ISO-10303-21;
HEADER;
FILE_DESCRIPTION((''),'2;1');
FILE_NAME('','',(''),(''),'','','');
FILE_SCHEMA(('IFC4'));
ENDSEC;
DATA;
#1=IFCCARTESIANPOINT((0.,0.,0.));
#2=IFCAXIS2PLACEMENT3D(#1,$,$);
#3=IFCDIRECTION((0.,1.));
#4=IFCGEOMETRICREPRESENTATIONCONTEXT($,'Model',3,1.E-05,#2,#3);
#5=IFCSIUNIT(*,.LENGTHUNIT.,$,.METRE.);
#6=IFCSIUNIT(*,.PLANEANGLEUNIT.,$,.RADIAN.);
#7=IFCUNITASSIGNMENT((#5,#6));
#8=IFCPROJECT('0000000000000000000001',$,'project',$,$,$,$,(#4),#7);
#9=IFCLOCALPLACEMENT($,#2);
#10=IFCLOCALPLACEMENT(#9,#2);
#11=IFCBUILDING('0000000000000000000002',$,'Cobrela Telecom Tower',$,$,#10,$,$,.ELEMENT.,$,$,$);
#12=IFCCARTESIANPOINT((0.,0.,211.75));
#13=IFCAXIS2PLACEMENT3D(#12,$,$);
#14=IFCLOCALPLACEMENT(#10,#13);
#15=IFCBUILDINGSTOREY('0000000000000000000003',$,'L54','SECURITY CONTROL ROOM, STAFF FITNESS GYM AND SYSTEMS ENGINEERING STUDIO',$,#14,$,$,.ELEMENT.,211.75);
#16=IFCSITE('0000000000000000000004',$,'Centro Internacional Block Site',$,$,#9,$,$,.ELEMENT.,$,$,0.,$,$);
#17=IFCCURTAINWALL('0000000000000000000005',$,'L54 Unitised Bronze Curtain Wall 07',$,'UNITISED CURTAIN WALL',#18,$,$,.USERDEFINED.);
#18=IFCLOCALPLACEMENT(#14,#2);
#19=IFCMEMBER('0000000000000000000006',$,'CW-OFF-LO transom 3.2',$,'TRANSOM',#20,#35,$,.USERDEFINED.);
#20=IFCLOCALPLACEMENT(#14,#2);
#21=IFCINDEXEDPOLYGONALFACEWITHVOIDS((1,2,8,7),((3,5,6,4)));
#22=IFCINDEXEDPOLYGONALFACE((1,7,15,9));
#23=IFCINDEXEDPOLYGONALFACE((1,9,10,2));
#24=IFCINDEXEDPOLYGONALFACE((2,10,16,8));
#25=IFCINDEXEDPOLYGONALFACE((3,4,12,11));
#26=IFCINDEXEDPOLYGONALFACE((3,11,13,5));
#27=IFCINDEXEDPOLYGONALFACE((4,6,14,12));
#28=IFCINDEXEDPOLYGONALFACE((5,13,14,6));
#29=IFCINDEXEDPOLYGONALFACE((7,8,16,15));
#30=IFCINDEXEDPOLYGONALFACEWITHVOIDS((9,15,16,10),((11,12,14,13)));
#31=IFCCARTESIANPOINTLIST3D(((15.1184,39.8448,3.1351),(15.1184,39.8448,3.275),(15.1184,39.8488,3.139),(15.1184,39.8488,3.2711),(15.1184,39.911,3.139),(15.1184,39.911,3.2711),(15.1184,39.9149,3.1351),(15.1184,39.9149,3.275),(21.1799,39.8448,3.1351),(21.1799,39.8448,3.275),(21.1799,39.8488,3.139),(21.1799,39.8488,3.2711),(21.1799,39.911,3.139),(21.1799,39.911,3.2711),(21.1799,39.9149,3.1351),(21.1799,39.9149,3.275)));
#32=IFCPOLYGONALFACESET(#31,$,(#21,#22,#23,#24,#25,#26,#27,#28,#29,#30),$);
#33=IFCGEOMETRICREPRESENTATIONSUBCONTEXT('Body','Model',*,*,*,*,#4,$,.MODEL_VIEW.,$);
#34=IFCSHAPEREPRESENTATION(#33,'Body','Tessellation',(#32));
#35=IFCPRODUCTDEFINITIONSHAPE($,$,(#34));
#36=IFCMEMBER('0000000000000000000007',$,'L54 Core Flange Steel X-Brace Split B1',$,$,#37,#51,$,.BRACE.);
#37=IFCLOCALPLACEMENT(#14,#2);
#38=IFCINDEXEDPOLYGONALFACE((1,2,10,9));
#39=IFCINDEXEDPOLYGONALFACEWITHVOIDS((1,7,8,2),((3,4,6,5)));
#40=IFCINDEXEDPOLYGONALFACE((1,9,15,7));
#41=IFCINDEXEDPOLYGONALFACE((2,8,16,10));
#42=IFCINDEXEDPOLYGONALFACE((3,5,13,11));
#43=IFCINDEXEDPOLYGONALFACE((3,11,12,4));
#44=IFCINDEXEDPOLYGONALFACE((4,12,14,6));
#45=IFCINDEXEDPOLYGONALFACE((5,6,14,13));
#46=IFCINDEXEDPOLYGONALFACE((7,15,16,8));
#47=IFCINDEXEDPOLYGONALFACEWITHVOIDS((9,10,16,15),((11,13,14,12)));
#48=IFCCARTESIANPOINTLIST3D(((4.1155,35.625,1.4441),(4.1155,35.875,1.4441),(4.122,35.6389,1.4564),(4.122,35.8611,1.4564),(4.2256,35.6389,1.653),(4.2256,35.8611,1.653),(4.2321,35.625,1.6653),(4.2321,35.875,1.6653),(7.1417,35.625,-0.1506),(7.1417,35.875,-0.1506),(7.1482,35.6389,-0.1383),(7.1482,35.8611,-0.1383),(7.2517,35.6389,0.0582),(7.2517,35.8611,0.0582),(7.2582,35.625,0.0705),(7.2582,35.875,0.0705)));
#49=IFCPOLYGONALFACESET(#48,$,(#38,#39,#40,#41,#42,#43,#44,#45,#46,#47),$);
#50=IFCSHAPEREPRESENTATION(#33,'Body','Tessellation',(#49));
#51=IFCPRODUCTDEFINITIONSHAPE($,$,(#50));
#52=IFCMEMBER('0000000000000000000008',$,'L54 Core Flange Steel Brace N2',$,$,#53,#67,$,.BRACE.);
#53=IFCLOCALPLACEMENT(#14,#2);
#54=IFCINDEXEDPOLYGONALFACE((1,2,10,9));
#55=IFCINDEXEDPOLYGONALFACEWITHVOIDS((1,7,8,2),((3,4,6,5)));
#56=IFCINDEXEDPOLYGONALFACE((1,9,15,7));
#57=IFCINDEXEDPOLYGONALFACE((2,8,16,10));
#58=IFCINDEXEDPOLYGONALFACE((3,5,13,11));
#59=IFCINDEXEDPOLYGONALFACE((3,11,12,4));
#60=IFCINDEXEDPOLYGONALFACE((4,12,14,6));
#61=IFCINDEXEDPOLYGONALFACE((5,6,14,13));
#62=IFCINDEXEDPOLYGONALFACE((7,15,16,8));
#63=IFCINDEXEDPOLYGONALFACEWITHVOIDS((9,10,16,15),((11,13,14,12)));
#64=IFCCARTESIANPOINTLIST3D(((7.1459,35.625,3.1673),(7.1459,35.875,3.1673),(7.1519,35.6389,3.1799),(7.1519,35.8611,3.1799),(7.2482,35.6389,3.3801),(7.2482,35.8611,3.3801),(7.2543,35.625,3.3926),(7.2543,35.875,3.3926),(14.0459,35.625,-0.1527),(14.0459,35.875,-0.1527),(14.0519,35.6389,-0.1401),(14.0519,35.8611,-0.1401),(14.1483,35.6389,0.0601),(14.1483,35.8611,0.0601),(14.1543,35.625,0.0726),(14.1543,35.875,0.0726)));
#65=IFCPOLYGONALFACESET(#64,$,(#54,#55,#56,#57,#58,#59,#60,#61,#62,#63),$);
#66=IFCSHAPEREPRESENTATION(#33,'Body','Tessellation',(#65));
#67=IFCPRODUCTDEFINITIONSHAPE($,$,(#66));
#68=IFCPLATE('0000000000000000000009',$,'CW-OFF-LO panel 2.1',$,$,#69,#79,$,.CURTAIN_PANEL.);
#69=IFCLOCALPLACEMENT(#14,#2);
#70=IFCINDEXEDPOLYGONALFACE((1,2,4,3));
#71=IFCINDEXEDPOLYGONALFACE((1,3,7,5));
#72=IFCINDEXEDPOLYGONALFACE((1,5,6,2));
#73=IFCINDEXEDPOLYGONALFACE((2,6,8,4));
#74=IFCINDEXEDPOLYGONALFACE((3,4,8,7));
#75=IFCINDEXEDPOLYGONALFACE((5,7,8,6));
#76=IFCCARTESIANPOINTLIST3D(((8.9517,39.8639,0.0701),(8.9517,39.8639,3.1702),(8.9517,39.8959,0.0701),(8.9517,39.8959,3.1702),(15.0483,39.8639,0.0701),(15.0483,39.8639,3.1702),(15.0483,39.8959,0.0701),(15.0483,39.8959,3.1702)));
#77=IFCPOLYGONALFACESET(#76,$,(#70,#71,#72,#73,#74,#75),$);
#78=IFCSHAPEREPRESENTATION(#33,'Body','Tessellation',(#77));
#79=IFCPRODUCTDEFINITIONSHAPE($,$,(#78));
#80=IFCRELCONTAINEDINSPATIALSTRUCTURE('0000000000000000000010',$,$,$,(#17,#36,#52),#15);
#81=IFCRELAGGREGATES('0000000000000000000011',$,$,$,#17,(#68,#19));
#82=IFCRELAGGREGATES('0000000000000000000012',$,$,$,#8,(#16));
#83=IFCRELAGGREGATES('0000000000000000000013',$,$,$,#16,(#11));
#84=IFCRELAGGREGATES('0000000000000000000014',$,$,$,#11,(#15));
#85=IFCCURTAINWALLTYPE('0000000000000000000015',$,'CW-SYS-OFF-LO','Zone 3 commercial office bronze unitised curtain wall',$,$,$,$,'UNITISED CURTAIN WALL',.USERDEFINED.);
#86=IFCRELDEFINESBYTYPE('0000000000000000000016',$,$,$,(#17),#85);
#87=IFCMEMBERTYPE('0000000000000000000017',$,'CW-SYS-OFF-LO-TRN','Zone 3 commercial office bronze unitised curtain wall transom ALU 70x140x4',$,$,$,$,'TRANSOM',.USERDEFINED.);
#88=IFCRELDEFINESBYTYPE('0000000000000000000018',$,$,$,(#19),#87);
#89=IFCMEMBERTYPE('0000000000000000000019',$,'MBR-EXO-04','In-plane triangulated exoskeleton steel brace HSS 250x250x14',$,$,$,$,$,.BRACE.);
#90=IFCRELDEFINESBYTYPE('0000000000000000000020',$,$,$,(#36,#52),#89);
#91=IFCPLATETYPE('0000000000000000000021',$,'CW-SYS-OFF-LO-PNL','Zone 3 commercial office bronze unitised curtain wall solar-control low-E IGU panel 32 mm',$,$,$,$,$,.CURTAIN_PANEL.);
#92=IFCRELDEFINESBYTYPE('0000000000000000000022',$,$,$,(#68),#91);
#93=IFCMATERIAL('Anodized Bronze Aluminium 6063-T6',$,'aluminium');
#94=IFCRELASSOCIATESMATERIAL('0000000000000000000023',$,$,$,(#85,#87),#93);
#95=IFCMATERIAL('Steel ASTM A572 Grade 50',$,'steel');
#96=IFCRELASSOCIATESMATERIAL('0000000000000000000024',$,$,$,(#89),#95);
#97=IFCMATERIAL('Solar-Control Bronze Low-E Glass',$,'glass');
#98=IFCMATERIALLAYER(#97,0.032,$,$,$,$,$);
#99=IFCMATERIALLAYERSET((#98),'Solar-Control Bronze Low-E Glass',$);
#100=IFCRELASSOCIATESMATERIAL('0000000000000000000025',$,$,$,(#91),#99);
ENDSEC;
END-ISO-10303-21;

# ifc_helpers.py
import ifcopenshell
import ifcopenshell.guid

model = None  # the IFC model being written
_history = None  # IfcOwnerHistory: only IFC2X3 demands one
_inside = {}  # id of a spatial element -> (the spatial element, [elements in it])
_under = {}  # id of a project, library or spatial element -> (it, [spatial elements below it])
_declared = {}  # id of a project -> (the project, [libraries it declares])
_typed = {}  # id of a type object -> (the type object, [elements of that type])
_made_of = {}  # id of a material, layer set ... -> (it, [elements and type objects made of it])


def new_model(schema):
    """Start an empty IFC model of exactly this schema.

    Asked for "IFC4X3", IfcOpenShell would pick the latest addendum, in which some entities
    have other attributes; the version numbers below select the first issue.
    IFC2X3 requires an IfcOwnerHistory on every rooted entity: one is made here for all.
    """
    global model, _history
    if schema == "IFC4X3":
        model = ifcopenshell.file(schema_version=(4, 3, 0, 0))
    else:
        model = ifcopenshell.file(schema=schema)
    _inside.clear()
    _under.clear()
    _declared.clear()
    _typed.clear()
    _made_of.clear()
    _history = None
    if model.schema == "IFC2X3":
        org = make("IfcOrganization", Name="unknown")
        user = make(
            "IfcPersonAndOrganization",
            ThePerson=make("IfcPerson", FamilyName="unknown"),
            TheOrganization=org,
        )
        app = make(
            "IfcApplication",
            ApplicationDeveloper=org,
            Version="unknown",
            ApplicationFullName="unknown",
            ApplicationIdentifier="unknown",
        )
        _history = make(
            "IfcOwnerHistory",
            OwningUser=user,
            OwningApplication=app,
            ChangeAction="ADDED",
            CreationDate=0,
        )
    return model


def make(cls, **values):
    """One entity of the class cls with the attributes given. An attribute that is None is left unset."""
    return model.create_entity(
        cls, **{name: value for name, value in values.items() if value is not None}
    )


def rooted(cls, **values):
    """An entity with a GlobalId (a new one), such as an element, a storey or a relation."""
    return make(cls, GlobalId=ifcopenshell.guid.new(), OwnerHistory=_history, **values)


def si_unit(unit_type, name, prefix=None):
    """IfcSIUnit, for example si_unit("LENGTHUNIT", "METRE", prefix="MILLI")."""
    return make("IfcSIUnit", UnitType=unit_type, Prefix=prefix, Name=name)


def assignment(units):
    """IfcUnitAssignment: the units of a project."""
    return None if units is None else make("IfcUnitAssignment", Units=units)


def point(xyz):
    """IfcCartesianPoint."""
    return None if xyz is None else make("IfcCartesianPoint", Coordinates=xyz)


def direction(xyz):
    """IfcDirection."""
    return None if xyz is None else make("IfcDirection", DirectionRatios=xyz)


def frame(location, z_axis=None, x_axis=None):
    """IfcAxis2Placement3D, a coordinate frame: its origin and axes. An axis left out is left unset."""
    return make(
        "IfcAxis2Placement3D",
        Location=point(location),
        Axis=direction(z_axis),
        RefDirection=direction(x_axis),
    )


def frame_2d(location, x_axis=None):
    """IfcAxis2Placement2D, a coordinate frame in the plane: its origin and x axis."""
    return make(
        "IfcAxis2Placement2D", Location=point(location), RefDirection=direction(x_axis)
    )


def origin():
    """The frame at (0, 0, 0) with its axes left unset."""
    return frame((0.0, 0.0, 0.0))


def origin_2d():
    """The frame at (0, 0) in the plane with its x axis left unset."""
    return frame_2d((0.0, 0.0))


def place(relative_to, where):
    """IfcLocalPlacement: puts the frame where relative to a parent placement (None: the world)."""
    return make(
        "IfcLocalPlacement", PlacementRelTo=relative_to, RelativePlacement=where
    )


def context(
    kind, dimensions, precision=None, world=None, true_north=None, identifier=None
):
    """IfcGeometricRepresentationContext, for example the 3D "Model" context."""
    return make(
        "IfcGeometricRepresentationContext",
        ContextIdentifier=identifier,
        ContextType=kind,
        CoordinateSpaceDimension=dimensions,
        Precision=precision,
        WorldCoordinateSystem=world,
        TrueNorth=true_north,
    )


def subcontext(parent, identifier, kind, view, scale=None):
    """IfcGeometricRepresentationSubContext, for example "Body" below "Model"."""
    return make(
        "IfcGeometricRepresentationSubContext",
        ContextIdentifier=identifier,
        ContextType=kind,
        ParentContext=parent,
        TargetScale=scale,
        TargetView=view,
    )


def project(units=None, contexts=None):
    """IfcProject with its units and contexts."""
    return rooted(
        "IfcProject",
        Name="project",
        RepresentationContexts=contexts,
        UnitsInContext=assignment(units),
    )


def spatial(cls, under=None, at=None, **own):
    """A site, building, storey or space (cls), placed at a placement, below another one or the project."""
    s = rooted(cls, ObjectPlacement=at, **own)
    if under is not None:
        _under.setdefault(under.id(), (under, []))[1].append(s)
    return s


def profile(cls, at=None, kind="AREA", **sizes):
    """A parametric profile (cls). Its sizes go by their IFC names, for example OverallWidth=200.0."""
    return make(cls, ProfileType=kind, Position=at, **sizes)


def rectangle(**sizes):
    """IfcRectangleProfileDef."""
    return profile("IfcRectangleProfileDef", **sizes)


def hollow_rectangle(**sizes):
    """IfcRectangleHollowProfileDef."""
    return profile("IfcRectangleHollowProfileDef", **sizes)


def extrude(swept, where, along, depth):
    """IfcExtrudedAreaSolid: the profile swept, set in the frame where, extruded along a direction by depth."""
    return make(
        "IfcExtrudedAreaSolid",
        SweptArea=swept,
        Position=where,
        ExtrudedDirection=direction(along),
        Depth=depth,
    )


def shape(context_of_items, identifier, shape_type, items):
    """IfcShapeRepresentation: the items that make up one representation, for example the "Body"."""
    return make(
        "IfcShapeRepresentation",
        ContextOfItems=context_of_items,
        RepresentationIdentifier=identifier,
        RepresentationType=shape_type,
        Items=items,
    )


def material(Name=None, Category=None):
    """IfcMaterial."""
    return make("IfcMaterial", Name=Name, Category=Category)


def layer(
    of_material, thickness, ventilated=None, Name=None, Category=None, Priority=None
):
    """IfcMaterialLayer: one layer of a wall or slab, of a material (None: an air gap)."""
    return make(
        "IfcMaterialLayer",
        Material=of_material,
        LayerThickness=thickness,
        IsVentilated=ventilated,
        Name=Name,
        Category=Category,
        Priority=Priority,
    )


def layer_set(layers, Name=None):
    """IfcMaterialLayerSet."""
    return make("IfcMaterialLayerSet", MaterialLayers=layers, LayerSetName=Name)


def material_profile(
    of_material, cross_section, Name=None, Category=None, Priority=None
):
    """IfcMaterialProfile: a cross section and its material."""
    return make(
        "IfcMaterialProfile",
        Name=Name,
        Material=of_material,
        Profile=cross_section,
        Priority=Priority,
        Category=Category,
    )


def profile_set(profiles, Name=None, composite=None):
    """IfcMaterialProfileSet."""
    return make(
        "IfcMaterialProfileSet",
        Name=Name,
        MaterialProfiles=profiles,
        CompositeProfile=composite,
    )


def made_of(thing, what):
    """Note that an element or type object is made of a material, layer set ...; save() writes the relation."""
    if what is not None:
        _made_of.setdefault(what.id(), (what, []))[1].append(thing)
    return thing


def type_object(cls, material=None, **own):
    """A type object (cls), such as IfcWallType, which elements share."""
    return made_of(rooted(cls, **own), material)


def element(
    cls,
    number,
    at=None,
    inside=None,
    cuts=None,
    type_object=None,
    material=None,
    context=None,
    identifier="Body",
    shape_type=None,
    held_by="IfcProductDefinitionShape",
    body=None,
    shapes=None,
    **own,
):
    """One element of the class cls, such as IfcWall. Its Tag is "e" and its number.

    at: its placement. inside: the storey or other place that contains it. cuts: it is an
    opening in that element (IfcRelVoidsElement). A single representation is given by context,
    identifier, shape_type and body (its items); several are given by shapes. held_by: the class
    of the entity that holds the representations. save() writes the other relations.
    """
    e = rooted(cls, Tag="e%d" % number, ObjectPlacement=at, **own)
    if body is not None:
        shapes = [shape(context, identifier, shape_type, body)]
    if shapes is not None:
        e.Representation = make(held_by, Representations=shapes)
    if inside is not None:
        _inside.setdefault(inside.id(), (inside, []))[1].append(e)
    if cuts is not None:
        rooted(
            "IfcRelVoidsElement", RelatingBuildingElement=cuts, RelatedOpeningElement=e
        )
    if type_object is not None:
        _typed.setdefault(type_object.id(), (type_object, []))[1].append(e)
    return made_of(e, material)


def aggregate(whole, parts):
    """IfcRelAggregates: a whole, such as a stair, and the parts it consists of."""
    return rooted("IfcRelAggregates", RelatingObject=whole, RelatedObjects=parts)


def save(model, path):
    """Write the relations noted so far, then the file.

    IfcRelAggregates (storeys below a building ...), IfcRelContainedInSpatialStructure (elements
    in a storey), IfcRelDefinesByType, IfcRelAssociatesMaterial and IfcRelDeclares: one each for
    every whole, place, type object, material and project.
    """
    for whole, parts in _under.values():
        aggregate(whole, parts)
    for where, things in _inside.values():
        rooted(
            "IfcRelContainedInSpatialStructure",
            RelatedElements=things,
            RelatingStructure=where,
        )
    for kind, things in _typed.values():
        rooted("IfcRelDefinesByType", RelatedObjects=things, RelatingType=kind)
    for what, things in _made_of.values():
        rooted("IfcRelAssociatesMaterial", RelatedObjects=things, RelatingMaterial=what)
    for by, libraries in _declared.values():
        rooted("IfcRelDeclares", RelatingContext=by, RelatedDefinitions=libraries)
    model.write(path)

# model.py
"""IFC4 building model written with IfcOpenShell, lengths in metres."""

from ifc_helpers import new_model, si_unit, direction, frame, origin, origin_2d, place, context, subcontext, project, spatial, rectangle, hollow_rectangle, extrude, material, layer, layer_set, material_profile, profile_set, type_object, element, aggregate, save


model = new_model("IFC4")

# Units and contexts
model_context = context("Model", 3, precision=1e-05, world=origin(), true_north=direction((0.0, 1.0)))
body_context = subcontext(model_context, "Body", "Model", "MODEL_VIEW")
ifc_project = project(units=[si_unit("LENGTHUNIT", "METRE"), si_unit("PLANEANGLEUNIT", "RADIAN")], contexts=[model_context])

# Site, building, storey
site_placement = place(None, origin())
site = spatial("IfcSite", under=ifc_project, at=site_placement, Name="Centro Internacional Block Site", CompositionType="ELEMENT", RefElevation=0.0)
building_placement = place(site_placement, origin())
building = spatial("IfcBuilding", under=site, at=building_placement, Name="Cobrela Telecom Tower", CompositionType="ELEMENT")
storey_placement = place(building_placement, frame((0.0, 0.0, 211.75)))
storey = spatial("IfcBuildingStorey", under=building, at=storey_placement, Name="L54", Description="SECURITY CONTROL ROOM, STAFF FITNESS GYM AND SYSTEMS ENGINEERING STUDIO", CompositionType="ELEMENT", Elevation=211.75)

# Shared definitions
ifc_material_1 = material(Name="Steel ASTM A572 Grade 50", Category="steel")

# Curtain wall, member
ifc_material_2 = material(Name="Anodized Bronze Aluminium 6063-T6", Category="aluminium")
curtain_wall_type = type_object("IfcCurtainWallType", Name="CW-SYS-OFF-LO", Description="Zone 3 commercial office bronze unitised curtain wall", ElementType="UNITISED CURTAIN WALL", PredefinedType="USERDEFINED", material=ifc_material_2)
curtain_wall_placement = place(storey_placement, origin())
curtain_wall = element("IfcCurtainWall", 1, at=curtain_wall_placement, inside=storey, type_object=curtain_wall_type, Name="L54 Unitised Bronze Curtain Wall 07", ObjectType="UNITISED CURTAIN WALL", PredefinedType="USERDEFINED")
ifc_material_profile_1 = material_profile(ifc_material_2, hollow_rectangle(XDim=0.0701, YDim=0.1399, WallThickness=0.0039, at=origin_2d()), Name="ALU 70x140x4")
ifc_profile_set_1 = profile_set([ifc_material_profile_1], Name="Anodized Bronze Aluminium 6063-T6")
member_type_1 = type_object("IfcMemberType", Name="CW-SYS-OFF-LO-TRN", Description="Zone 3 commercial office bronze unitised curtain wall transom ALU 70x140x4", ElementType="TRANSOM", PredefinedType="USERDEFINED", material=ifc_profile_set_1)
member_1_placement = place(storey_placement, frame((15.1184, 39.8799, 3.2051), z_axis=(1.0, 0.0, 0.0), x_axis=(0.0, 1.0, 0.0)))
member_1 = element("IfcMember", 2, at=member_1_placement, type_object=member_type_1, Name="CW-OFF-LO transom 3.2", ObjectType="TRANSOM", PredefinedType="USERDEFINED", context=body_context, shape_type="SweptSolid", body=[
    extrude(hollow_rectangle(XDim=0.0701, YDim=0.1399, WallThickness=0.0039, at=origin_2d()), origin(), (0.0, 0.0, 1.0), 6.0615),
])

# Members
ifc_material_profile_2 = material_profile(ifc_material_1, hollow_rectangle(XDim=0.25, YDim=0.25, WallThickness=0.0139, at=origin_2d()), Name="HSS 250x250x14")
ifc_profile_set_2 = profile_set([ifc_material_profile_2], Name="Steel ASTM A572 Grade 50")
member_type_2 = type_object("IfcMemberType", Name="MBR-EXO-04", Description="In-plane triangulated exoskeleton steel brace HSS 250x250x14", PredefinedType="BRACE", material=ifc_profile_set_2)
member_2_placement = place(storey_placement, frame((7.2, 35.75, -0.04), z_axis=(-0.884673, 0.0, 0.466211), x_axis=(0.0, -1.0, 0.0)))
element("IfcMember", 3, at=member_2_placement, inside=storey, type_object=member_type_2, Name="L54 Core Flange Steel X-Brace Split B1", PredefinedType="BRACE", context=body_context, shape_type="SweptSolid", body=[
    extrude(hollow_rectangle(XDim=0.25, YDim=0.25, WallThickness=0.0139, at=origin_2d()), origin(), (0.0, 0.0, 1.0), 3.4207),
])
member_3_placement = place(storey_placement, frame((14.1001, 35.75, -0.04), z_axis=(-0.901115, 0.0, 0.43358), x_axis=(0.0, -1.0, 0.0)))
element("IfcMember", 4, at=member_3_placement, inside=storey, type_object=member_type_2, Name="L54 Core Flange Steel Brace N2", PredefinedType="BRACE", context=body_context, shape_type="SweptSolid", body=[
    extrude(hollow_rectangle(XDim=0.25, YDim=0.25, WallThickness=0.0139, at=origin_2d()), origin(), (0.0, 0.0, 1.0), 7.6572),
])

# Plate
ifc_material_3 = material(Name="Solar-Control Bronze Low-E Glass", Category="glass")
ifc_layer = layer(ifc_material_3, 0.032)
ifc_layer_set = layer_set([ifc_layer], Name="Solar-Control Bronze Low-E Glass")
plate_type = type_object("IfcPlateType", Name="CW-SYS-OFF-LO-PNL", Description="Zone 3 commercial office bronze unitised curtain wall solar-control low-E IGU panel 32 mm", PredefinedType="CURTAIN_PANEL", material=ifc_layer_set)
plate_placement = place(storey_placement, frame((12.0, 39.8799, 0.0701), z_axis=(0.0, 0.0, 1.0), x_axis=(1.0, 0.0, 0.0)))
plate = element("IfcPlate", 5, at=plate_placement, type_object=plate_type, Name="CW-OFF-LO panel 2.1", PredefinedType="CURTAIN_PANEL", context=body_context, shape_type="SweptSolid", body=[
    extrude(rectangle(XDim=6.0967, YDim=0.032, at=origin_2d()), origin(), (0.0, 0.0, 1.0), 3.1001),
])
aggregate(curtain_wall, [plate, member_1])

save(model, "model.ifc")
